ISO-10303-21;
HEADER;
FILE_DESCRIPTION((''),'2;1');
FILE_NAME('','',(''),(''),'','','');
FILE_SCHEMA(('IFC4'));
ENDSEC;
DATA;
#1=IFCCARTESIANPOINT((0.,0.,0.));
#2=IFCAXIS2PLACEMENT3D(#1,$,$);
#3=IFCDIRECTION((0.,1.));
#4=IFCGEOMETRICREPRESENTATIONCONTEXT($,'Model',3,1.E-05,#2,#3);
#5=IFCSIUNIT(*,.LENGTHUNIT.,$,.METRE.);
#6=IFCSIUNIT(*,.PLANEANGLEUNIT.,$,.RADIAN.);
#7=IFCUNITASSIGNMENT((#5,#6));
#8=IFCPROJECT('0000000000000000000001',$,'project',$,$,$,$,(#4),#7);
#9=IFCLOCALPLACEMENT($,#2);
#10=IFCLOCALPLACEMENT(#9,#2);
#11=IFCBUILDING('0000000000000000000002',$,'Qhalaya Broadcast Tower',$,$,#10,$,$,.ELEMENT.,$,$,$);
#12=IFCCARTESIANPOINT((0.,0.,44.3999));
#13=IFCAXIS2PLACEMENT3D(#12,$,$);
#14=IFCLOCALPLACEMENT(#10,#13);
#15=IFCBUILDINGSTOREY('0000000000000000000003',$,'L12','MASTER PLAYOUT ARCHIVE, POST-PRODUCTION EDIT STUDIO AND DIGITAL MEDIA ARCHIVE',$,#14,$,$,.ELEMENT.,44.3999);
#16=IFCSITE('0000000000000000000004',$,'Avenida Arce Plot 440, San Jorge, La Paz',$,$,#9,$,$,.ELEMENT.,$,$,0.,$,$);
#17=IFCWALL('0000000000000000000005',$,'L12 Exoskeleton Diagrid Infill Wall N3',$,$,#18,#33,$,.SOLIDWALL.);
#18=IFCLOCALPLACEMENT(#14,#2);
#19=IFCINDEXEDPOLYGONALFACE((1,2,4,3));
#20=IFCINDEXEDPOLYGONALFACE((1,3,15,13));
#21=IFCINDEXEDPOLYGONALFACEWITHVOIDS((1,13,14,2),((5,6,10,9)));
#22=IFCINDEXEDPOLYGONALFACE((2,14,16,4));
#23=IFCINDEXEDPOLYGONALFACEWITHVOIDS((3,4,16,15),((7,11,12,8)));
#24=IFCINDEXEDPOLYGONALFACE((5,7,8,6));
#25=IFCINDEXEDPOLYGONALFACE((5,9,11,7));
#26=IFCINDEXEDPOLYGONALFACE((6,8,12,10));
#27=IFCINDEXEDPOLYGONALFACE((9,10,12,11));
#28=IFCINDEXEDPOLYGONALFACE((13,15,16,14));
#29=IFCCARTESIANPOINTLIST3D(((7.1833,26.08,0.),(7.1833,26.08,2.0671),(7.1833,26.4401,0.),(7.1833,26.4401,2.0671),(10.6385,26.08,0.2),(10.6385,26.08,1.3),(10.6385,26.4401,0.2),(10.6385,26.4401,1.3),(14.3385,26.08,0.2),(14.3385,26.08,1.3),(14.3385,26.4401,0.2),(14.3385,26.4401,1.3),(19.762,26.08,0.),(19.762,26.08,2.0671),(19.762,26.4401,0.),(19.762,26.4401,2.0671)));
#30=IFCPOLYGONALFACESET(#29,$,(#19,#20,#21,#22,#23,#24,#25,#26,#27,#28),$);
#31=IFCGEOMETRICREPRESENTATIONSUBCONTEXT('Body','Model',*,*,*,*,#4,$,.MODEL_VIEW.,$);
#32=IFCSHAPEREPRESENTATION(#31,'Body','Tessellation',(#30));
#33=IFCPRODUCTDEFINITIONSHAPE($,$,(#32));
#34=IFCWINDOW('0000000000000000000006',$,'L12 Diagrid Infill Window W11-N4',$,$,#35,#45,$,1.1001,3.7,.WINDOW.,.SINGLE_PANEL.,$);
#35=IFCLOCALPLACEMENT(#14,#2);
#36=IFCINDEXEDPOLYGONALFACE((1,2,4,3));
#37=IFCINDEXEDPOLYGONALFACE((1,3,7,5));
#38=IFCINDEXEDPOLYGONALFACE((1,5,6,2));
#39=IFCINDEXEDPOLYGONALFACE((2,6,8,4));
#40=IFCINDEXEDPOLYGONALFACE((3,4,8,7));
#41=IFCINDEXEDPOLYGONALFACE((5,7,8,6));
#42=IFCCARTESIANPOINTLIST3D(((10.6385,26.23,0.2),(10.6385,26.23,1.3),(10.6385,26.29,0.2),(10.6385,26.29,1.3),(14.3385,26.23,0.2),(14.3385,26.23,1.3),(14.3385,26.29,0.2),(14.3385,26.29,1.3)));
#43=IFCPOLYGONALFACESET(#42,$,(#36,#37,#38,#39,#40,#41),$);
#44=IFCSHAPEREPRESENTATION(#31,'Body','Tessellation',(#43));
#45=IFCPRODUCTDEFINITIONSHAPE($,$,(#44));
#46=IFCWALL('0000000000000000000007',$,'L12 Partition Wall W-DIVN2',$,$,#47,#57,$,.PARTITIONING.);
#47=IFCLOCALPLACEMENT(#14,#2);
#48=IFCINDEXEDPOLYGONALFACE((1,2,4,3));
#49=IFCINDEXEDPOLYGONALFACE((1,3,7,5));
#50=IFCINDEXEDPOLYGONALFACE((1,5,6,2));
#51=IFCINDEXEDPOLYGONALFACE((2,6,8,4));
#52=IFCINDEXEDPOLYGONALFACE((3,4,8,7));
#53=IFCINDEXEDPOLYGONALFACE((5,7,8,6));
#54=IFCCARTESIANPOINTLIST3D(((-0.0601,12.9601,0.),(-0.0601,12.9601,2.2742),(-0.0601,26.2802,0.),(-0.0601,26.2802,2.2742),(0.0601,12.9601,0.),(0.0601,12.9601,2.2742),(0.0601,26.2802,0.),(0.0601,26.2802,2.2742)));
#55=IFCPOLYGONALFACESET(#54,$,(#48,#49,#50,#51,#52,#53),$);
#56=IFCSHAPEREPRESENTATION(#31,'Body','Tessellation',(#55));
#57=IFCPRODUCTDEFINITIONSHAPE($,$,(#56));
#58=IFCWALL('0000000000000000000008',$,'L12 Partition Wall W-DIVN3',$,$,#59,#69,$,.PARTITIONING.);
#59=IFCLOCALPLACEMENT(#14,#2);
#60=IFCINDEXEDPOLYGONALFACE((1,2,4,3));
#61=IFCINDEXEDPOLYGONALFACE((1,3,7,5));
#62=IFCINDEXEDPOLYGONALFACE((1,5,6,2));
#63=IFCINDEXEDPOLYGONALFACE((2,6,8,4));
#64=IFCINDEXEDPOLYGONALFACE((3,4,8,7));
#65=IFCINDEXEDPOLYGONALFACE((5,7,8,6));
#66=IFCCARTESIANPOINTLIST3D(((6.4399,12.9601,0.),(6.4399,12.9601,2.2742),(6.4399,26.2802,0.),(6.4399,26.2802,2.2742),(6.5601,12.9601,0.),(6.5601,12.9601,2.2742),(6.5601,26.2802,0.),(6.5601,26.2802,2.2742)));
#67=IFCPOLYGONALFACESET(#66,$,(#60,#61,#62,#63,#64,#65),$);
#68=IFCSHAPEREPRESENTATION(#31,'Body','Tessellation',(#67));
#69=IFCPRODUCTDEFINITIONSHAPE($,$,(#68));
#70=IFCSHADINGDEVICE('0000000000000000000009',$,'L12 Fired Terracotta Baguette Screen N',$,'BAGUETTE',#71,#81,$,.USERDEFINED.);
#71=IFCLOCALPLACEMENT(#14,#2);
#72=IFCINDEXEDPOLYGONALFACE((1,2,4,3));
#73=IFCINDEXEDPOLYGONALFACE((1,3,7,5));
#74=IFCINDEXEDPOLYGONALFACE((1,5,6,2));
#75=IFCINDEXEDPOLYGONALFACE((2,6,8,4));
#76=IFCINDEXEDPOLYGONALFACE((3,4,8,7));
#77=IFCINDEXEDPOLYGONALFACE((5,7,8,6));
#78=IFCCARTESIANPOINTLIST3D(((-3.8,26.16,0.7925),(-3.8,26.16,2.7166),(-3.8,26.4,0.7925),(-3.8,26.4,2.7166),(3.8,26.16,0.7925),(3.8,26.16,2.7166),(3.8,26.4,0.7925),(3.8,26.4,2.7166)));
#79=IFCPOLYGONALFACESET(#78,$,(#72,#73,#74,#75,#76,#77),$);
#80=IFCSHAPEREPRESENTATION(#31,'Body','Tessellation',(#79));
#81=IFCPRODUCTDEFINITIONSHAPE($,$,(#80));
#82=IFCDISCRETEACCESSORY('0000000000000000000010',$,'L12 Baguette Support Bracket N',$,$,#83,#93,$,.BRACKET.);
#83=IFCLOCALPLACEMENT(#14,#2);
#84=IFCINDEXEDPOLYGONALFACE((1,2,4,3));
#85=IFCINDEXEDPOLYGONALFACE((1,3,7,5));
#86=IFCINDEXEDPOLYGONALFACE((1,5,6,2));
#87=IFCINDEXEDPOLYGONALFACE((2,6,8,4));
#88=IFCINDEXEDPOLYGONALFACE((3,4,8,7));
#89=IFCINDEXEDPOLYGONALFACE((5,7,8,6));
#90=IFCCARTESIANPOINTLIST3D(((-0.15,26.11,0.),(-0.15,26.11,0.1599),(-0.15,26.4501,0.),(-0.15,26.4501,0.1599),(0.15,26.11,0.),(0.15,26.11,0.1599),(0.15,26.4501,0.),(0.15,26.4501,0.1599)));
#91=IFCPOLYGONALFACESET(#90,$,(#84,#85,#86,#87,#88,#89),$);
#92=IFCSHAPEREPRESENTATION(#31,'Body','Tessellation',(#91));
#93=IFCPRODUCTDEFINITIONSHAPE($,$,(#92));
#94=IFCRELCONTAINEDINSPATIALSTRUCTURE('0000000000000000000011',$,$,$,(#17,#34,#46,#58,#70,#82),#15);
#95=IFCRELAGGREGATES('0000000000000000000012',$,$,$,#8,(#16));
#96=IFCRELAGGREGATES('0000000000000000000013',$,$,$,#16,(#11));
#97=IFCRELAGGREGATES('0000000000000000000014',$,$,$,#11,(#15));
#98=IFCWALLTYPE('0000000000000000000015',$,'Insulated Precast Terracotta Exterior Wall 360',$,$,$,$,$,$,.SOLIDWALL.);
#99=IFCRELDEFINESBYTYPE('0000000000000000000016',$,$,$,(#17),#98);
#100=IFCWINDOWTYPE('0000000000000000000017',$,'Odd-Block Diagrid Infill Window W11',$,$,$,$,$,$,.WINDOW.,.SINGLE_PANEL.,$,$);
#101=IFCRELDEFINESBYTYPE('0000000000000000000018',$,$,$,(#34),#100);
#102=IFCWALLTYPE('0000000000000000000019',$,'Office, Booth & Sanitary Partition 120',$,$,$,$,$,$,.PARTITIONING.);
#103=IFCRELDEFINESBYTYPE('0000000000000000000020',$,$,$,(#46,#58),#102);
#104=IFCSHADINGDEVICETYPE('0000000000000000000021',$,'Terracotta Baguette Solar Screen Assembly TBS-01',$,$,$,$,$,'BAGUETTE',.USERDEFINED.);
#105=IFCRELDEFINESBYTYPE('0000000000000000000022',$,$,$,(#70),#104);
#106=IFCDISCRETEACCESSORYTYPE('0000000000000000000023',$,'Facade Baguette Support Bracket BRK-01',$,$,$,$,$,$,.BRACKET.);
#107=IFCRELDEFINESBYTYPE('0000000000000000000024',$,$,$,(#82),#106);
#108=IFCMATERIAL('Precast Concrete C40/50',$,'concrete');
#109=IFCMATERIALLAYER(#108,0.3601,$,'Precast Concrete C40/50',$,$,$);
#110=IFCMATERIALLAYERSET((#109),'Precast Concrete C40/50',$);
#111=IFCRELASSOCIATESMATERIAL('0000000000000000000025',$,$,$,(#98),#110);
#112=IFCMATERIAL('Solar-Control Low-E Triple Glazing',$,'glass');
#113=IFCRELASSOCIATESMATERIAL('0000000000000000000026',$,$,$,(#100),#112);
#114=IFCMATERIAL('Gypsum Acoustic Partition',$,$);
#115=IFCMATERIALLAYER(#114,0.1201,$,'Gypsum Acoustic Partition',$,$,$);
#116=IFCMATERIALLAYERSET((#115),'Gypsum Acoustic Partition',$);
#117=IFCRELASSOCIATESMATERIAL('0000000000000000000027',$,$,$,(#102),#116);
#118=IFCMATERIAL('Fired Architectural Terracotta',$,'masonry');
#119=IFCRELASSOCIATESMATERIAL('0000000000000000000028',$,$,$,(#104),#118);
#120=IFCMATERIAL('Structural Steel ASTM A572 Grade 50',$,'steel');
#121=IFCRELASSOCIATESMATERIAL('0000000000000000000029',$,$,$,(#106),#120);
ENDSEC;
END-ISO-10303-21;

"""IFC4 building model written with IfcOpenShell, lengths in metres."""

from ifc_helpers import new_model, si_unit, direction, frame, frame_2d, origin, origin_2d, place, context, subcontext, project, spatial, rectangle, extrude, material, layer, layer_set, type_object, element, fill, save


model = new_model("IFC4")

# Units and contexts
model_context = context("Model", 3, precision=1e-05, world=origin(), true_north=direction((0.0, 1.0)))
body_context = subcontext(model_context, "Body", "Model", "MODEL_VIEW")
ifc_project = project(units=[si_unit("LENGTHUNIT", "METRE"), si_unit("PLANEANGLEUNIT", "RADIAN")], contexts=[model_context])

# Site, building, storey
site_placement = place(None, origin())
site = spatial("IfcSite", under=ifc_project, at=site_placement, Name="Avenida Arce Plot 440, San Jorge, La Paz", CompositionType="ELEMENT", RefElevation=0.0)
building_placement = place(site_placement, origin())
building = spatial("IfcBuilding", under=site, at=building_placement, Name="Qhalaya Broadcast Tower", CompositionType="ELEMENT")
storey_placement = place(building_placement, frame((0.0, 0.0, 44.3999)))
storey = spatial("IfcBuildingStorey", under=building, at=storey_placement, Name="L12", Description="MASTER PLAYOUT ARCHIVE, POST-PRODUCTION EDIT STUDIO AND DIGITAL MEDIA ARCHIVE", CompositionType="ELEMENT", Elevation=44.3999)

# Shared definitions
ifc_material_1 = material(Name="Structural Steel ASTM A572 Grade 50", Category="steel")

# Shared definitions
ifc_material_2 = material(Name="Gypsum Acoustic Partition")

# Wall, opening, window
ifc_material_3 = material(Name="Precast Concrete C40/50", Category="concrete")
ifc_layer_1 = layer(ifc_material_3, 0.3601, Name="Precast Concrete C40/50")
ifc_layer_set_1 = layer_set([ifc_layer_1], Name="Precast Concrete C40/50")
wall_type_1 = type_object("IfcWallType", Name="Insulated Precast Terracotta Exterior Wall 360", PredefinedType="SOLIDWALL", material=ifc_layer_set_1)
wall_1_placement = place(storey_placement, frame((7.1833, 26.26, 0.0), z_axis=(0.0, 0.0, 1.0), x_axis=(1.0, 0.0, 0.0)))
wall_1 = element("IfcWall", 1, at=wall_1_placement, inside=storey, type_object=wall_type_1, Name="L12 Exoskeleton Diagrid Infill Wall N3", PredefinedType="SOLIDWALL", context=body_context, shape_type="SweptSolid", body=[
    extrude(rectangle(XDim=12.5786, YDim=0.3601, at=frame_2d((6.2893, 0.0))), origin(), (0.0, 0.0, 1.0), 2.0671),
])
opening_1_placement = place(wall_1_placement, frame((3.4551, 0.0, 0.2)))
opening_1 = element("IfcOpeningElement", 2, at=opening_1_placement, cuts=wall_1, PredefinedType="OPENING", context=body_context, shape_type="SweptSolid", body=[
    extrude(rectangle(XDim=3.7, YDim=1.1001, at=frame_2d((1.8501, 0.55))), frame((0.0, 0.1921, 0.0), z_axis=(0.0, -1.0, 0.0), x_axis=(1.0, 0.0, 0.0)), (0.0, 0.0, 1.0), 0.384),
])
ifc_material_4 = material(Name="Solar-Control Low-E Triple Glazing", Category="glass")
window_type = type_object("IfcWindowType", Name="Odd-Block Diagrid Infill Window W11", PartitioningType="SINGLE_PANEL", PredefinedType="WINDOW", material=ifc_material_4)
window_placement = place(opening_1_placement, origin())
window = element("IfcWindow", 3, at=window_placement, inside=storey, type_object=window_type, Name="L12 Diagrid Infill Window W11-N4", OverallHeight=1.1001, OverallWidth=3.7, PartitioningType="SINGLE_PANEL", PredefinedType="WINDOW", context=body_context, shape_type="SweptSolid", body=[
    extrude(rectangle(XDim=3.7, YDim=1.1001, at=frame_2d((1.8501, 0.55))), frame((0.0, 0.03, 0.0), z_axis=(0.0, -1.0, 0.0), x_axis=(1.0, 0.0, 0.0)), (0.0, 0.0, 1.0), 0.0601),
])
fill(opening_1, window)

# Walls
ifc_layer_2 = layer(ifc_material_2, 0.1201, Name="Gypsum Acoustic Partition")
ifc_layer_set_2 = layer_set([ifc_layer_2], Name="Gypsum Acoustic Partition")
wall_type_2 = type_object("IfcWallType", Name="Office, Booth & Sanitary Partition 120", PredefinedType="PARTITIONING", material=ifc_layer_set_2)
for number, where, z_axis, x_axis, name in (
    (4, (0.0, 12.96, 0.0), (0.0, 0.0, 1.0), (0.0, 1.0, 0.0), "L12 Partition Wall W-DIVN2"),
    (5, (6.5, 12.96, 0.0), (0.0, 0.0, 1.0), (0.0, 1.0, 0.0), "L12 Partition Wall W-DIVN3"),
):
    element("IfcWall", number, at=place(storey_placement, frame(where, z_axis=z_axis, x_axis=x_axis)), inside=storey, type_object=wall_type_2, Name=name, PredefinedType="PARTITIONING", context=body_context, shape_type="SweptSolid", body=[
        extrude(rectangle(XDim=13.3201, YDim=0.1201, at=frame_2d((6.6602, 0.0))), origin(), (0.0, 0.0, 1.0), 2.2742),
    ])

# Shading device
ifc_material_5 = material(Name="Fired Architectural Terracotta", Category="masonry")
shading_device_type = type_object("IfcShadingDeviceType", Name="Terracotta Baguette Solar Screen Assembly TBS-01", ElementType="BAGUETTE", PredefinedType="USERDEFINED", material=ifc_material_5)
shading_device_placement = place(storey_placement, frame((0.0, 26.28, 0.7925), z_axis=(0.0, 0.0, 1.0), x_axis=(-1.0, 0.0, 0.0)))
element("IfcShadingDevice", 6, at=shading_device_placement, inside=storey, type_object=shading_device_type, Name="L12 Fired Terracotta Baguette Screen N", ObjectType="BAGUETTE", PredefinedType="USERDEFINED", context=body_context, shape_type="SweptSolid", body=[
    extrude(rectangle(XDim=7.6001, YDim=0.24, at=origin_2d()), origin(), (0.0, 0.0, 1.0), 1.9241),
])

# Discrete accessory
discrete_accessory_type = type_object("IfcDiscreteAccessoryType", Name="Facade Baguette Support Bracket BRK-01", PredefinedType="BRACKET", material=ifc_material_1)
discrete_accessory_placement = place(storey_placement, frame((0.0, 26.28, 0.0), z_axis=(0.0, 0.0, 1.0), x_axis=(-1.0, 0.0, 0.0)))
element("IfcDiscreteAccessory", 7, at=discrete_accessory_placement, inside=storey, type_object=discrete_accessory_type, Name="L12 Baguette Support Bracket N", PredefinedType="BRACKET", context=body_context, shape_type="SweptSolid", body=[
    extrude(rectangle(XDim=0.3, YDim=0.3401, at=origin_2d()), origin(), (0.0, 0.0, 1.0), 0.1599),
])

save(model, "model.ifc")
